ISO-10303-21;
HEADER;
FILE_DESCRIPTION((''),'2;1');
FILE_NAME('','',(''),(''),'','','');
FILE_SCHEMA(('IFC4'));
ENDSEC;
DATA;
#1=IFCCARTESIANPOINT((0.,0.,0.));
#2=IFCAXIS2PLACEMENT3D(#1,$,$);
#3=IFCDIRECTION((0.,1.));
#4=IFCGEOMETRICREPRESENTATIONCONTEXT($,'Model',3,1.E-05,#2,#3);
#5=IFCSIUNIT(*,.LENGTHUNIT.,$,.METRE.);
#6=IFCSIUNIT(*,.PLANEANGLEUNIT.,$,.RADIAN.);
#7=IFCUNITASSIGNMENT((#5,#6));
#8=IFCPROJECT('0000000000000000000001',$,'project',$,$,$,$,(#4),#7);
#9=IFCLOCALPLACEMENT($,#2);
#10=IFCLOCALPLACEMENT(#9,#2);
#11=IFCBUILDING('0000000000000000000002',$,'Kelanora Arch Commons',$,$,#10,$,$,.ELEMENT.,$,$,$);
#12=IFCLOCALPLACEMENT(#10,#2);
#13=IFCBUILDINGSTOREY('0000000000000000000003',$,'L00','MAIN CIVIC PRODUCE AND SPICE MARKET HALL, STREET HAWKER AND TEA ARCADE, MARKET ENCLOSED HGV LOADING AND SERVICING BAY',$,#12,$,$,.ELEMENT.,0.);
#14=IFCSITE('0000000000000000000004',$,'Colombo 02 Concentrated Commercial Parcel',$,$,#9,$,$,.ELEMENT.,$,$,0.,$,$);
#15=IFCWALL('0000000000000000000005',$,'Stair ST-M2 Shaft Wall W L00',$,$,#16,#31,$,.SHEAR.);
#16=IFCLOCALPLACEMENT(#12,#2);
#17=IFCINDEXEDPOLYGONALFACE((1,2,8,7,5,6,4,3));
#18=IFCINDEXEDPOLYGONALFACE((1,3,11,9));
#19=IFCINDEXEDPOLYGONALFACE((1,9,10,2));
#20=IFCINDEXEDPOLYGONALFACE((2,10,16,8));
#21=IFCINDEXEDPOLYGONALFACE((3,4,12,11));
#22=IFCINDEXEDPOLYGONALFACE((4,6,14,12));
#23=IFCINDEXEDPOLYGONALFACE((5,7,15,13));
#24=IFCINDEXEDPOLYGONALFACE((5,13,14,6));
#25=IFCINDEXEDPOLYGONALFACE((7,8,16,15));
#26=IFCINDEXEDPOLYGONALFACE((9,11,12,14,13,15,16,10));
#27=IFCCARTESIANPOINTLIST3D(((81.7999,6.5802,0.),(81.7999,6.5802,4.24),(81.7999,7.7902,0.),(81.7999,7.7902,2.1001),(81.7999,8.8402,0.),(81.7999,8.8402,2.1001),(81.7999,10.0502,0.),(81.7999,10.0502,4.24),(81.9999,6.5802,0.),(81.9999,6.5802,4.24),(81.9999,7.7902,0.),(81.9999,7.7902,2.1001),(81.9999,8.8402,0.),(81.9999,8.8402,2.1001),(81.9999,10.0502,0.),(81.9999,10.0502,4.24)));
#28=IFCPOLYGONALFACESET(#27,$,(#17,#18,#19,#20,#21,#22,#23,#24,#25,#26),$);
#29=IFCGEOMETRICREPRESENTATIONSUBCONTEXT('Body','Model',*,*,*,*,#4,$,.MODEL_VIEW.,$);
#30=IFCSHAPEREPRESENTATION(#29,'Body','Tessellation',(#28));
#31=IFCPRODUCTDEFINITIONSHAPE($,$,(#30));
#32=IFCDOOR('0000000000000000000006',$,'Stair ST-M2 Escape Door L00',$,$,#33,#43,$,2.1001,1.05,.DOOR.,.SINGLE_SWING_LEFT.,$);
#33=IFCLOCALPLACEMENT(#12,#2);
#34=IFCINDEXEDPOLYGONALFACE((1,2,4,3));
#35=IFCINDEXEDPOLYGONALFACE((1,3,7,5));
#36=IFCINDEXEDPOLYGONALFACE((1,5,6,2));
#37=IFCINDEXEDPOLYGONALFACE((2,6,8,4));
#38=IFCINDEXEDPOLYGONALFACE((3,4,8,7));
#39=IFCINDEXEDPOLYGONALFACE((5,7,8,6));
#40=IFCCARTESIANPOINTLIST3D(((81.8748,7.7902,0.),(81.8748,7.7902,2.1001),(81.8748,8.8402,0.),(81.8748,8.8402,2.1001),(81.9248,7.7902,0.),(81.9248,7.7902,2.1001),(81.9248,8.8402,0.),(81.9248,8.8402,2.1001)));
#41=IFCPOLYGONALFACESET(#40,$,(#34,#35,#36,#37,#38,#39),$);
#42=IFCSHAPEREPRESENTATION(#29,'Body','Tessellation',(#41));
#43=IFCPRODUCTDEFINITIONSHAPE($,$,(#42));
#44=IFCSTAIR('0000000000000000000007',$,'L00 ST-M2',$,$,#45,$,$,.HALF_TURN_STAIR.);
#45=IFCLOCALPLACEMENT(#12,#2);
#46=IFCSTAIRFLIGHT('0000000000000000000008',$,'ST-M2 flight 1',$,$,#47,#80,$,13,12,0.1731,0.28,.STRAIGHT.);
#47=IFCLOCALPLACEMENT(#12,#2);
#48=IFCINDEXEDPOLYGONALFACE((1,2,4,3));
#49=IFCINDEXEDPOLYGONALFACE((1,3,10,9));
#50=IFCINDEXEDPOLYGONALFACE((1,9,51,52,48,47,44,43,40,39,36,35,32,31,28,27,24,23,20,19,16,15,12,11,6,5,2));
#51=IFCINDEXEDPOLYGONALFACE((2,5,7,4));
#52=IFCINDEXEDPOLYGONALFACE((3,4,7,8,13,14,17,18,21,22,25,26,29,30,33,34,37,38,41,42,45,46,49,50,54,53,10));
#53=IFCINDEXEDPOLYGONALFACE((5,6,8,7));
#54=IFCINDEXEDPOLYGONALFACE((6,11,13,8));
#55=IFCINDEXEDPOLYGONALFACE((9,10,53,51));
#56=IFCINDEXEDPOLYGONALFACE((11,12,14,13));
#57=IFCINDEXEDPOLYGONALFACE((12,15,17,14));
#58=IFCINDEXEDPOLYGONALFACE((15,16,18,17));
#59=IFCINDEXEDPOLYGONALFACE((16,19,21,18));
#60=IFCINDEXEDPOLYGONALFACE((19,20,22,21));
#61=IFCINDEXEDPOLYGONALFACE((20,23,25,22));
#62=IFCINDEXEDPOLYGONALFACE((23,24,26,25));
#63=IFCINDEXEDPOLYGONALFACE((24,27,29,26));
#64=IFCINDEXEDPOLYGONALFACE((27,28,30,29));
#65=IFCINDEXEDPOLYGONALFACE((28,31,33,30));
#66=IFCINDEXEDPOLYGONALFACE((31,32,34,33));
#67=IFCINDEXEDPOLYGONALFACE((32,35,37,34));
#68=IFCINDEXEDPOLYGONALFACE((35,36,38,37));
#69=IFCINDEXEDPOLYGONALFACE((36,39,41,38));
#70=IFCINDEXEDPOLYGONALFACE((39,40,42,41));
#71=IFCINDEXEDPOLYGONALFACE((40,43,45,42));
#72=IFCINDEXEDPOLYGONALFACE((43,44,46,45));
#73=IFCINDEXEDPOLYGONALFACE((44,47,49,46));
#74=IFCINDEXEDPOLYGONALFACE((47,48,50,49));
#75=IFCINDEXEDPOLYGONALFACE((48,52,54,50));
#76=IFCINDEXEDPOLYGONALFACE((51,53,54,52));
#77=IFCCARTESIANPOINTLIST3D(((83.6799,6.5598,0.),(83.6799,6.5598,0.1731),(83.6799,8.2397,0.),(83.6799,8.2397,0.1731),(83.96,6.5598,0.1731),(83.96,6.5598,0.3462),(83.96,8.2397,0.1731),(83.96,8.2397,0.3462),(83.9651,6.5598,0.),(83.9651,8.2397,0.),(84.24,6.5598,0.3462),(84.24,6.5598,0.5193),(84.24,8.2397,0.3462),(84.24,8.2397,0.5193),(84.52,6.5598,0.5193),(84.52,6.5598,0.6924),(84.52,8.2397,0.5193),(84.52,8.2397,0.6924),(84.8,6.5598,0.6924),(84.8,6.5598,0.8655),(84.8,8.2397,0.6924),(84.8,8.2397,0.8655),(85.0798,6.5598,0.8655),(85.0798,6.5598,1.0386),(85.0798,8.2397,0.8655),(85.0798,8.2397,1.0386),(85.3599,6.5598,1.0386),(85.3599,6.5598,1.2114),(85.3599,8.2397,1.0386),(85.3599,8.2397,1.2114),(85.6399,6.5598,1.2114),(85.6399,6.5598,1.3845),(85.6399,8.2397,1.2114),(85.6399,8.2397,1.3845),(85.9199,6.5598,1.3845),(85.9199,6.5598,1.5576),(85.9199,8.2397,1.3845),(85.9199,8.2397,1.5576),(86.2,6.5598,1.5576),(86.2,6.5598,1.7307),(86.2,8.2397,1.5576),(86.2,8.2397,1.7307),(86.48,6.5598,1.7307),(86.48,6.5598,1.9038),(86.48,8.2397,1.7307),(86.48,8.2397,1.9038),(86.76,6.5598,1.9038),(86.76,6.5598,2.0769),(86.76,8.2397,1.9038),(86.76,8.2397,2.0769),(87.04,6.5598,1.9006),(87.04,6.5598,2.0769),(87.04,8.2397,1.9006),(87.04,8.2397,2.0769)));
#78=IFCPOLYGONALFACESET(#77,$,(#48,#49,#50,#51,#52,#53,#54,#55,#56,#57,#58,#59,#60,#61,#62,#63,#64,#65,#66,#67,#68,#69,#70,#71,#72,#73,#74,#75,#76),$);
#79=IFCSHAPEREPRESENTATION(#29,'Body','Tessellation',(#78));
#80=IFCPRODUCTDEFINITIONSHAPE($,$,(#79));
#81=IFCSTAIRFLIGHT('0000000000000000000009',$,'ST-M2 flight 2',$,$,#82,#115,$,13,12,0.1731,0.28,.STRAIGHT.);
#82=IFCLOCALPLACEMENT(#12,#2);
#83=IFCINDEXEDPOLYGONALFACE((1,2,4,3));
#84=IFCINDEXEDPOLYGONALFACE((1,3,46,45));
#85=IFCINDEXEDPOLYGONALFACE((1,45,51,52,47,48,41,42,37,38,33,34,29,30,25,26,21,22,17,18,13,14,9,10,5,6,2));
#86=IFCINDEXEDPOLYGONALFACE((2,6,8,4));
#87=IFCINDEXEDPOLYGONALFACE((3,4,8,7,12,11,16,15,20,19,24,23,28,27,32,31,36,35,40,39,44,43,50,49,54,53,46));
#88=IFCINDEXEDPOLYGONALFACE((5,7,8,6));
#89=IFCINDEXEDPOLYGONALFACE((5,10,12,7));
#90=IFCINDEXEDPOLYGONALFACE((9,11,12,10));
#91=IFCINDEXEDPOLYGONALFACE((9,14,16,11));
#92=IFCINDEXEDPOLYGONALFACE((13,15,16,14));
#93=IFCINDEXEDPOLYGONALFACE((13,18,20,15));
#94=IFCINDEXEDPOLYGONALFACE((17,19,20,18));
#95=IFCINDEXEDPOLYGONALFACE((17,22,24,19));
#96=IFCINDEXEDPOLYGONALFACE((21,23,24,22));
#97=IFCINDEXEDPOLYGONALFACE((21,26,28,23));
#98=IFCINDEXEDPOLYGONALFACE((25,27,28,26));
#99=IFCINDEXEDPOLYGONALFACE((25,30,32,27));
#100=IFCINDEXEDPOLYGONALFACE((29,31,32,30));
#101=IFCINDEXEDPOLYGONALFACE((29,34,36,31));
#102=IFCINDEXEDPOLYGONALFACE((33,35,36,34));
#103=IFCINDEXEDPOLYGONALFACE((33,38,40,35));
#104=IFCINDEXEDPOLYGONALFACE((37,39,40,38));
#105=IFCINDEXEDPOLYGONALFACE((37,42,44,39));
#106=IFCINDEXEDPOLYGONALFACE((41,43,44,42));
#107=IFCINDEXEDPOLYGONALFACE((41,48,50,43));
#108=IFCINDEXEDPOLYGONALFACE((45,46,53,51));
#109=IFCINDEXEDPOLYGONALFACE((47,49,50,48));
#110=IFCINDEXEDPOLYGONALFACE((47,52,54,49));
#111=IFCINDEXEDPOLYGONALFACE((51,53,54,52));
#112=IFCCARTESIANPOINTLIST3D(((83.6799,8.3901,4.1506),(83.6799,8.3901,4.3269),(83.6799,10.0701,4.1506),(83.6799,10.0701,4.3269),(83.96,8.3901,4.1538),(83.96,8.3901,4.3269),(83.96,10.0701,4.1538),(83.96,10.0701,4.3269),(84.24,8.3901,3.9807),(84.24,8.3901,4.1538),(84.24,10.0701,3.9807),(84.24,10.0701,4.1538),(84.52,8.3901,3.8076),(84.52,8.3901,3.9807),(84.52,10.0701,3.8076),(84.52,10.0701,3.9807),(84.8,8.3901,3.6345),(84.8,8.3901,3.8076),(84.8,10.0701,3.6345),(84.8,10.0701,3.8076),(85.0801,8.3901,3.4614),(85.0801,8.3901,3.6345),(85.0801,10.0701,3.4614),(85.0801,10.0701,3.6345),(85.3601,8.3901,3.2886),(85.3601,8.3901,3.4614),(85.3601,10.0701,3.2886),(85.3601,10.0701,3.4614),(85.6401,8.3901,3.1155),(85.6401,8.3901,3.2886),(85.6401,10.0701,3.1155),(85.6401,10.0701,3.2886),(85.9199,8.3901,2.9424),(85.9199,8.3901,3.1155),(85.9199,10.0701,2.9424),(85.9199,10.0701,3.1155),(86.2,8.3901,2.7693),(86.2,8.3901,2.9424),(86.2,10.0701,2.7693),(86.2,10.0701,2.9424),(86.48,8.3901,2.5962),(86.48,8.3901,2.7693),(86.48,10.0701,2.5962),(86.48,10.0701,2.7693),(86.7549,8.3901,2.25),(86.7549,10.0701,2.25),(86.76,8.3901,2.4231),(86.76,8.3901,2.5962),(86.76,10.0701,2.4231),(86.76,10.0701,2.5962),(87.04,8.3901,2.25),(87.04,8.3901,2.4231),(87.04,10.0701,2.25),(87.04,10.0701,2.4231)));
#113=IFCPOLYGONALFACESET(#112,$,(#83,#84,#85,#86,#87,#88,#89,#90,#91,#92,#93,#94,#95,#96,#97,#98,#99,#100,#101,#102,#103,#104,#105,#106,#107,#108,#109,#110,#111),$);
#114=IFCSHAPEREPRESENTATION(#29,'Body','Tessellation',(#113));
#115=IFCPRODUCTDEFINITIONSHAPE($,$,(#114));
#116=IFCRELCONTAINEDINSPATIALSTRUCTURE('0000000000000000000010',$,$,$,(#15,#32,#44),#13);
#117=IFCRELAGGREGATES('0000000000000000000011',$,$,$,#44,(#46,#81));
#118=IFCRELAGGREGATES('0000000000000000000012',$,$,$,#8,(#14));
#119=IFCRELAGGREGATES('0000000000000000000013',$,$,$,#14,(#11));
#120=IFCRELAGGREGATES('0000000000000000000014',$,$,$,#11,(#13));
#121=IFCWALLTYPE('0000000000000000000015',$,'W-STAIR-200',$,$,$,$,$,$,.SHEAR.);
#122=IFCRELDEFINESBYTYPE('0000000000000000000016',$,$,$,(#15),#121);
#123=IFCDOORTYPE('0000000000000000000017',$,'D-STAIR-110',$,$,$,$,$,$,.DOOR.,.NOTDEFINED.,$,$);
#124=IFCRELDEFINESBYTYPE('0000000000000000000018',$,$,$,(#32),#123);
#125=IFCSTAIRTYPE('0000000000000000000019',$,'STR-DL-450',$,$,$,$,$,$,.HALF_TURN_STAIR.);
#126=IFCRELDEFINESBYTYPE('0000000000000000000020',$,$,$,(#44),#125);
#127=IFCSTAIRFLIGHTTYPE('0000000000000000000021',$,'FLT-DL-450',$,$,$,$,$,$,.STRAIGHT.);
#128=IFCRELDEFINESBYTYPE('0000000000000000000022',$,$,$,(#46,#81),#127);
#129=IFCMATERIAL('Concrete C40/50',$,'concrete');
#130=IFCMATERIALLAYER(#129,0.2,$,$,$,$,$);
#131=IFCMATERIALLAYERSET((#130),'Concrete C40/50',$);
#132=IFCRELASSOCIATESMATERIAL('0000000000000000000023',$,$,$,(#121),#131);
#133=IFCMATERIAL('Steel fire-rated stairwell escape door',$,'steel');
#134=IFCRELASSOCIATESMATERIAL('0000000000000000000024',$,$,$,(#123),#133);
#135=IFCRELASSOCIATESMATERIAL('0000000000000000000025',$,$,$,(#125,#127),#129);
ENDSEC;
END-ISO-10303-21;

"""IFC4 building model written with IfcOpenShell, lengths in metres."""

from ifc_helpers import new_model, si_unit, direction, frame, frame_2d, origin, place, context, subcontext, project, spatial, polyline, rectangle, outline, extrude, material, layer, layer_set, type_object, element, fill, aggregate, save


model = new_model("IFC4")

# Units and contexts
model_context = context("Model", 3, precision=1e-05, world=origin(), true_north=direction((0.0, 1.0)))
body_context = subcontext(model_context, "Body", "Model", "MODEL_VIEW")
ifc_project = project(units=[si_unit("LENGTHUNIT", "METRE"), si_unit("PLANEANGLEUNIT", "RADIAN")], contexts=[model_context])

# Site, building, storey
site_placement = place(None, origin())
site = spatial("IfcSite", under=ifc_project, at=site_placement, Name="Colombo 02 Concentrated Commercial Parcel", CompositionType="ELEMENT", RefElevation=0.0)
building_placement = place(site_placement, origin())
building = spatial("IfcBuilding", under=site, at=building_placement, Name="Kelanora Arch Commons", CompositionType="ELEMENT")
storey_placement = place(building_placement, origin())
storey = spatial("IfcBuildingStorey", under=building, at=storey_placement, Name="L00", Description="MAIN CIVIC PRODUCE AND SPICE MARKET HALL, STREET HAWKER AND TEA ARCADE, MARKET ENCLOSED HGV LOADING AND SERVICING BAY", CompositionType="ELEMENT", Elevation=0.0)

# Shared definitions
ifc_material_1 = material(Name="Concrete C40/50", Category="concrete")

# Shared definitions
ifc_layer_1 = layer(ifc_material_1, 0.2)
ifc_layer_set_1 = layer_set([ifc_layer_1], Name="Concrete C40/50")
wall_type_1 = type_object("IfcWallType", Name="W-STAIR-200", PredefinedType="SHEAR", material=ifc_layer_set_1)

# Wall, opening, door
wall_1_placement = place(storey_placement, frame((81.8999, 10.05, 0.0), z_axis=(0.0, 0.0, 1.0), x_axis=(0.0, -1.0, 0.0)))
wall_1 = element("IfcWall", 1, at=wall_1_placement, inside=storey, type_object=wall_type_1, Name="Stair ST-M2 Shaft Wall W L00", PredefinedType="SHEAR", context=body_context, shape_type="SweptSolid", body=[
    extrude(rectangle(XDim=3.47, YDim=0.2, at=frame_2d((1.7349, 0.0))), origin(), (0.0, 0.0, 1.0), 4.24),
])
opening_1_placement = place(wall_1_placement, frame((1.21, 0.0, 0.0)))
opening_1 = element("IfcOpeningElement", 2, at=opening_1_placement, cuts=wall_1, PredefinedType="OPENING", context=body_context, shape_type="SweptSolid", body=[
    extrude(rectangle(XDim=1.05, YDim=2.1001, at=frame_2d((0.5249, 1.05))), frame((0.0, 0.1099, 0.0), z_axis=(0.0, -1.0, 0.0), x_axis=(1.0, 0.0, 0.0)), (0.0, 0.0, 1.0), 0.22),
])
ifc_material_2 = material(Name="Steel fire-rated stairwell escape door", Category="steel")
door_type_1 = type_object("IfcDoorType", Name="D-STAIR-110", OperationType="NOTDEFINED", PredefinedType="DOOR", material=ifc_material_2)
door_1_placement = place(opening_1_placement, origin())
door_1 = element("IfcDoor", 3, at=door_1_placement, inside=storey, type_object=door_type_1, Name="Stair ST-M2 Escape Door L00", OperationType="SINGLE_SWING_LEFT", OverallHeight=2.1001, OverallWidth=1.05, PredefinedType="DOOR", context=body_context, shape_type="SweptSolid", body=[
    extrude(rectangle(XDim=1.05, YDim=2.1001, at=frame_2d((0.5249, 1.05))), frame((0.0, 0.0249, 0.0), z_axis=(0.0, -1.0, 0.0), x_axis=(1.0, 0.0, 0.0)), (0.0, 0.0, 1.0), 0.05),
])
fill(opening_1, door_1)

# Stair, stair flights
stair_type = type_object("IfcStairType", Name="STR-DL-450", PredefinedType="HALF_TURN_STAIR", material=ifc_material_1)
stair_placement = place(storey_placement, origin())
stair = element("IfcStair", 4, at=stair_placement, inside=storey, type_object=stair_type, Name="L00 ST-M2", PredefinedType="HALF_TURN_STAIR")
stair_flight_type = type_object("IfcStairFlightType", Name="FLT-DL-450", PredefinedType="STRAIGHT", material=ifc_material_1)
stair_flight_1_placement = place(storey_placement, frame((83.6799, 7.3999, 0.0), z_axis=(0.0, 0.0, 1.0), x_axis=(1.0, 0.0, 0.0)))
stair_flight_1 = element("IfcStairFlight", 5, at=stair_flight_1_placement, type_object=stair_flight_type, Name="ST-M2 flight 1", NumberOfRisers=13, NumberOfTreads=12, PredefinedType="STRAIGHT", RiserHeight=0.1731, TreadLength=0.28, context=body_context, shape_type="SweptSolid", body=[
    extrude(outline(polyline([(0.0, 0.0), (0.0, 0.1731), (0.28, 0.1731), (0.28, 0.3462), (0.5601, 0.3462), (0.5601, 0.5193), (0.8401, 0.5193), (0.8401, 0.6924), (1.1201, 0.6924), (1.1201, 0.8655), (1.3999, 0.8655), (1.3999, 1.0386), (1.6799, 1.0386), (1.6799, 1.2114), (1.96, 1.2114), (1.96, 1.3845), (2.24, 1.3845), (2.24, 1.5576), (2.52, 1.5576), (2.52, 1.7307), (2.8, 1.7307), (2.8, 1.9038), (3.0801, 1.9038), (3.0801, 2.0769), (3.3601, 2.0769), (3.3601, 2.25), (3.3601, 1.9006), (0.2852, 0.0), (0.0, 0.0)])), frame((0.0, 0.8398, 0.0), z_axis=(0.0, -1.0, 0.0), x_axis=(1.0, 0.0, 0.0)), (0.0, 0.0, 1.0), 1.6799),
])
stair_flight_2_placement = place(storey_placement, frame((87.04, 9.23, 2.25), z_axis=(0.0, 0.0, 1.0), x_axis=(-1.0, 0.0, 0.0)))
stair_flight_2 = element("IfcStairFlight", 6, at=stair_flight_2_placement, type_object=stair_flight_type, Name="ST-M2 flight 2", NumberOfRisers=13, NumberOfTreads=12, PredefinedType="STRAIGHT", RiserHeight=0.1731, TreadLength=0.28, context=body_context, shape_type="SweptSolid", body=[
    extrude(outline(polyline([(0.0, 0.0), (0.0, 0.1731), (0.28, 0.1731), (0.28, 0.3462), (0.5601, 0.3462), (0.5601, 0.5193), (0.8401, 0.5193), (0.8401, 0.6924), (1.1201, 0.6924), (1.1201, 0.8655), (1.3999, 0.8655), (1.3999, 1.0386), (1.6799, 1.0386), (1.6799, 1.2114), (1.96, 1.2114), (1.96, 1.3845), (2.24, 1.3845), (2.24, 1.5576), (2.52, 1.5576), (2.52, 1.7307), (2.8, 1.7307), (2.8, 1.9038), (3.0801, 1.9038), (3.0801, 2.0769), (3.3601, 2.0769), (3.3601, 2.25), (3.3601, 1.9006), (0.2852, 0.0), (0.0, 0.0)])), frame((0.0, 0.8398, 0.0), z_axis=(0.0, -1.0, 0.0), x_axis=(1.0, 0.0, 0.0)), (0.0, 0.0, 1.0), 1.6799),
])
aggregate(stair, [stair_flight_1, stair_flight_2])

save(model, "model.ifc")
